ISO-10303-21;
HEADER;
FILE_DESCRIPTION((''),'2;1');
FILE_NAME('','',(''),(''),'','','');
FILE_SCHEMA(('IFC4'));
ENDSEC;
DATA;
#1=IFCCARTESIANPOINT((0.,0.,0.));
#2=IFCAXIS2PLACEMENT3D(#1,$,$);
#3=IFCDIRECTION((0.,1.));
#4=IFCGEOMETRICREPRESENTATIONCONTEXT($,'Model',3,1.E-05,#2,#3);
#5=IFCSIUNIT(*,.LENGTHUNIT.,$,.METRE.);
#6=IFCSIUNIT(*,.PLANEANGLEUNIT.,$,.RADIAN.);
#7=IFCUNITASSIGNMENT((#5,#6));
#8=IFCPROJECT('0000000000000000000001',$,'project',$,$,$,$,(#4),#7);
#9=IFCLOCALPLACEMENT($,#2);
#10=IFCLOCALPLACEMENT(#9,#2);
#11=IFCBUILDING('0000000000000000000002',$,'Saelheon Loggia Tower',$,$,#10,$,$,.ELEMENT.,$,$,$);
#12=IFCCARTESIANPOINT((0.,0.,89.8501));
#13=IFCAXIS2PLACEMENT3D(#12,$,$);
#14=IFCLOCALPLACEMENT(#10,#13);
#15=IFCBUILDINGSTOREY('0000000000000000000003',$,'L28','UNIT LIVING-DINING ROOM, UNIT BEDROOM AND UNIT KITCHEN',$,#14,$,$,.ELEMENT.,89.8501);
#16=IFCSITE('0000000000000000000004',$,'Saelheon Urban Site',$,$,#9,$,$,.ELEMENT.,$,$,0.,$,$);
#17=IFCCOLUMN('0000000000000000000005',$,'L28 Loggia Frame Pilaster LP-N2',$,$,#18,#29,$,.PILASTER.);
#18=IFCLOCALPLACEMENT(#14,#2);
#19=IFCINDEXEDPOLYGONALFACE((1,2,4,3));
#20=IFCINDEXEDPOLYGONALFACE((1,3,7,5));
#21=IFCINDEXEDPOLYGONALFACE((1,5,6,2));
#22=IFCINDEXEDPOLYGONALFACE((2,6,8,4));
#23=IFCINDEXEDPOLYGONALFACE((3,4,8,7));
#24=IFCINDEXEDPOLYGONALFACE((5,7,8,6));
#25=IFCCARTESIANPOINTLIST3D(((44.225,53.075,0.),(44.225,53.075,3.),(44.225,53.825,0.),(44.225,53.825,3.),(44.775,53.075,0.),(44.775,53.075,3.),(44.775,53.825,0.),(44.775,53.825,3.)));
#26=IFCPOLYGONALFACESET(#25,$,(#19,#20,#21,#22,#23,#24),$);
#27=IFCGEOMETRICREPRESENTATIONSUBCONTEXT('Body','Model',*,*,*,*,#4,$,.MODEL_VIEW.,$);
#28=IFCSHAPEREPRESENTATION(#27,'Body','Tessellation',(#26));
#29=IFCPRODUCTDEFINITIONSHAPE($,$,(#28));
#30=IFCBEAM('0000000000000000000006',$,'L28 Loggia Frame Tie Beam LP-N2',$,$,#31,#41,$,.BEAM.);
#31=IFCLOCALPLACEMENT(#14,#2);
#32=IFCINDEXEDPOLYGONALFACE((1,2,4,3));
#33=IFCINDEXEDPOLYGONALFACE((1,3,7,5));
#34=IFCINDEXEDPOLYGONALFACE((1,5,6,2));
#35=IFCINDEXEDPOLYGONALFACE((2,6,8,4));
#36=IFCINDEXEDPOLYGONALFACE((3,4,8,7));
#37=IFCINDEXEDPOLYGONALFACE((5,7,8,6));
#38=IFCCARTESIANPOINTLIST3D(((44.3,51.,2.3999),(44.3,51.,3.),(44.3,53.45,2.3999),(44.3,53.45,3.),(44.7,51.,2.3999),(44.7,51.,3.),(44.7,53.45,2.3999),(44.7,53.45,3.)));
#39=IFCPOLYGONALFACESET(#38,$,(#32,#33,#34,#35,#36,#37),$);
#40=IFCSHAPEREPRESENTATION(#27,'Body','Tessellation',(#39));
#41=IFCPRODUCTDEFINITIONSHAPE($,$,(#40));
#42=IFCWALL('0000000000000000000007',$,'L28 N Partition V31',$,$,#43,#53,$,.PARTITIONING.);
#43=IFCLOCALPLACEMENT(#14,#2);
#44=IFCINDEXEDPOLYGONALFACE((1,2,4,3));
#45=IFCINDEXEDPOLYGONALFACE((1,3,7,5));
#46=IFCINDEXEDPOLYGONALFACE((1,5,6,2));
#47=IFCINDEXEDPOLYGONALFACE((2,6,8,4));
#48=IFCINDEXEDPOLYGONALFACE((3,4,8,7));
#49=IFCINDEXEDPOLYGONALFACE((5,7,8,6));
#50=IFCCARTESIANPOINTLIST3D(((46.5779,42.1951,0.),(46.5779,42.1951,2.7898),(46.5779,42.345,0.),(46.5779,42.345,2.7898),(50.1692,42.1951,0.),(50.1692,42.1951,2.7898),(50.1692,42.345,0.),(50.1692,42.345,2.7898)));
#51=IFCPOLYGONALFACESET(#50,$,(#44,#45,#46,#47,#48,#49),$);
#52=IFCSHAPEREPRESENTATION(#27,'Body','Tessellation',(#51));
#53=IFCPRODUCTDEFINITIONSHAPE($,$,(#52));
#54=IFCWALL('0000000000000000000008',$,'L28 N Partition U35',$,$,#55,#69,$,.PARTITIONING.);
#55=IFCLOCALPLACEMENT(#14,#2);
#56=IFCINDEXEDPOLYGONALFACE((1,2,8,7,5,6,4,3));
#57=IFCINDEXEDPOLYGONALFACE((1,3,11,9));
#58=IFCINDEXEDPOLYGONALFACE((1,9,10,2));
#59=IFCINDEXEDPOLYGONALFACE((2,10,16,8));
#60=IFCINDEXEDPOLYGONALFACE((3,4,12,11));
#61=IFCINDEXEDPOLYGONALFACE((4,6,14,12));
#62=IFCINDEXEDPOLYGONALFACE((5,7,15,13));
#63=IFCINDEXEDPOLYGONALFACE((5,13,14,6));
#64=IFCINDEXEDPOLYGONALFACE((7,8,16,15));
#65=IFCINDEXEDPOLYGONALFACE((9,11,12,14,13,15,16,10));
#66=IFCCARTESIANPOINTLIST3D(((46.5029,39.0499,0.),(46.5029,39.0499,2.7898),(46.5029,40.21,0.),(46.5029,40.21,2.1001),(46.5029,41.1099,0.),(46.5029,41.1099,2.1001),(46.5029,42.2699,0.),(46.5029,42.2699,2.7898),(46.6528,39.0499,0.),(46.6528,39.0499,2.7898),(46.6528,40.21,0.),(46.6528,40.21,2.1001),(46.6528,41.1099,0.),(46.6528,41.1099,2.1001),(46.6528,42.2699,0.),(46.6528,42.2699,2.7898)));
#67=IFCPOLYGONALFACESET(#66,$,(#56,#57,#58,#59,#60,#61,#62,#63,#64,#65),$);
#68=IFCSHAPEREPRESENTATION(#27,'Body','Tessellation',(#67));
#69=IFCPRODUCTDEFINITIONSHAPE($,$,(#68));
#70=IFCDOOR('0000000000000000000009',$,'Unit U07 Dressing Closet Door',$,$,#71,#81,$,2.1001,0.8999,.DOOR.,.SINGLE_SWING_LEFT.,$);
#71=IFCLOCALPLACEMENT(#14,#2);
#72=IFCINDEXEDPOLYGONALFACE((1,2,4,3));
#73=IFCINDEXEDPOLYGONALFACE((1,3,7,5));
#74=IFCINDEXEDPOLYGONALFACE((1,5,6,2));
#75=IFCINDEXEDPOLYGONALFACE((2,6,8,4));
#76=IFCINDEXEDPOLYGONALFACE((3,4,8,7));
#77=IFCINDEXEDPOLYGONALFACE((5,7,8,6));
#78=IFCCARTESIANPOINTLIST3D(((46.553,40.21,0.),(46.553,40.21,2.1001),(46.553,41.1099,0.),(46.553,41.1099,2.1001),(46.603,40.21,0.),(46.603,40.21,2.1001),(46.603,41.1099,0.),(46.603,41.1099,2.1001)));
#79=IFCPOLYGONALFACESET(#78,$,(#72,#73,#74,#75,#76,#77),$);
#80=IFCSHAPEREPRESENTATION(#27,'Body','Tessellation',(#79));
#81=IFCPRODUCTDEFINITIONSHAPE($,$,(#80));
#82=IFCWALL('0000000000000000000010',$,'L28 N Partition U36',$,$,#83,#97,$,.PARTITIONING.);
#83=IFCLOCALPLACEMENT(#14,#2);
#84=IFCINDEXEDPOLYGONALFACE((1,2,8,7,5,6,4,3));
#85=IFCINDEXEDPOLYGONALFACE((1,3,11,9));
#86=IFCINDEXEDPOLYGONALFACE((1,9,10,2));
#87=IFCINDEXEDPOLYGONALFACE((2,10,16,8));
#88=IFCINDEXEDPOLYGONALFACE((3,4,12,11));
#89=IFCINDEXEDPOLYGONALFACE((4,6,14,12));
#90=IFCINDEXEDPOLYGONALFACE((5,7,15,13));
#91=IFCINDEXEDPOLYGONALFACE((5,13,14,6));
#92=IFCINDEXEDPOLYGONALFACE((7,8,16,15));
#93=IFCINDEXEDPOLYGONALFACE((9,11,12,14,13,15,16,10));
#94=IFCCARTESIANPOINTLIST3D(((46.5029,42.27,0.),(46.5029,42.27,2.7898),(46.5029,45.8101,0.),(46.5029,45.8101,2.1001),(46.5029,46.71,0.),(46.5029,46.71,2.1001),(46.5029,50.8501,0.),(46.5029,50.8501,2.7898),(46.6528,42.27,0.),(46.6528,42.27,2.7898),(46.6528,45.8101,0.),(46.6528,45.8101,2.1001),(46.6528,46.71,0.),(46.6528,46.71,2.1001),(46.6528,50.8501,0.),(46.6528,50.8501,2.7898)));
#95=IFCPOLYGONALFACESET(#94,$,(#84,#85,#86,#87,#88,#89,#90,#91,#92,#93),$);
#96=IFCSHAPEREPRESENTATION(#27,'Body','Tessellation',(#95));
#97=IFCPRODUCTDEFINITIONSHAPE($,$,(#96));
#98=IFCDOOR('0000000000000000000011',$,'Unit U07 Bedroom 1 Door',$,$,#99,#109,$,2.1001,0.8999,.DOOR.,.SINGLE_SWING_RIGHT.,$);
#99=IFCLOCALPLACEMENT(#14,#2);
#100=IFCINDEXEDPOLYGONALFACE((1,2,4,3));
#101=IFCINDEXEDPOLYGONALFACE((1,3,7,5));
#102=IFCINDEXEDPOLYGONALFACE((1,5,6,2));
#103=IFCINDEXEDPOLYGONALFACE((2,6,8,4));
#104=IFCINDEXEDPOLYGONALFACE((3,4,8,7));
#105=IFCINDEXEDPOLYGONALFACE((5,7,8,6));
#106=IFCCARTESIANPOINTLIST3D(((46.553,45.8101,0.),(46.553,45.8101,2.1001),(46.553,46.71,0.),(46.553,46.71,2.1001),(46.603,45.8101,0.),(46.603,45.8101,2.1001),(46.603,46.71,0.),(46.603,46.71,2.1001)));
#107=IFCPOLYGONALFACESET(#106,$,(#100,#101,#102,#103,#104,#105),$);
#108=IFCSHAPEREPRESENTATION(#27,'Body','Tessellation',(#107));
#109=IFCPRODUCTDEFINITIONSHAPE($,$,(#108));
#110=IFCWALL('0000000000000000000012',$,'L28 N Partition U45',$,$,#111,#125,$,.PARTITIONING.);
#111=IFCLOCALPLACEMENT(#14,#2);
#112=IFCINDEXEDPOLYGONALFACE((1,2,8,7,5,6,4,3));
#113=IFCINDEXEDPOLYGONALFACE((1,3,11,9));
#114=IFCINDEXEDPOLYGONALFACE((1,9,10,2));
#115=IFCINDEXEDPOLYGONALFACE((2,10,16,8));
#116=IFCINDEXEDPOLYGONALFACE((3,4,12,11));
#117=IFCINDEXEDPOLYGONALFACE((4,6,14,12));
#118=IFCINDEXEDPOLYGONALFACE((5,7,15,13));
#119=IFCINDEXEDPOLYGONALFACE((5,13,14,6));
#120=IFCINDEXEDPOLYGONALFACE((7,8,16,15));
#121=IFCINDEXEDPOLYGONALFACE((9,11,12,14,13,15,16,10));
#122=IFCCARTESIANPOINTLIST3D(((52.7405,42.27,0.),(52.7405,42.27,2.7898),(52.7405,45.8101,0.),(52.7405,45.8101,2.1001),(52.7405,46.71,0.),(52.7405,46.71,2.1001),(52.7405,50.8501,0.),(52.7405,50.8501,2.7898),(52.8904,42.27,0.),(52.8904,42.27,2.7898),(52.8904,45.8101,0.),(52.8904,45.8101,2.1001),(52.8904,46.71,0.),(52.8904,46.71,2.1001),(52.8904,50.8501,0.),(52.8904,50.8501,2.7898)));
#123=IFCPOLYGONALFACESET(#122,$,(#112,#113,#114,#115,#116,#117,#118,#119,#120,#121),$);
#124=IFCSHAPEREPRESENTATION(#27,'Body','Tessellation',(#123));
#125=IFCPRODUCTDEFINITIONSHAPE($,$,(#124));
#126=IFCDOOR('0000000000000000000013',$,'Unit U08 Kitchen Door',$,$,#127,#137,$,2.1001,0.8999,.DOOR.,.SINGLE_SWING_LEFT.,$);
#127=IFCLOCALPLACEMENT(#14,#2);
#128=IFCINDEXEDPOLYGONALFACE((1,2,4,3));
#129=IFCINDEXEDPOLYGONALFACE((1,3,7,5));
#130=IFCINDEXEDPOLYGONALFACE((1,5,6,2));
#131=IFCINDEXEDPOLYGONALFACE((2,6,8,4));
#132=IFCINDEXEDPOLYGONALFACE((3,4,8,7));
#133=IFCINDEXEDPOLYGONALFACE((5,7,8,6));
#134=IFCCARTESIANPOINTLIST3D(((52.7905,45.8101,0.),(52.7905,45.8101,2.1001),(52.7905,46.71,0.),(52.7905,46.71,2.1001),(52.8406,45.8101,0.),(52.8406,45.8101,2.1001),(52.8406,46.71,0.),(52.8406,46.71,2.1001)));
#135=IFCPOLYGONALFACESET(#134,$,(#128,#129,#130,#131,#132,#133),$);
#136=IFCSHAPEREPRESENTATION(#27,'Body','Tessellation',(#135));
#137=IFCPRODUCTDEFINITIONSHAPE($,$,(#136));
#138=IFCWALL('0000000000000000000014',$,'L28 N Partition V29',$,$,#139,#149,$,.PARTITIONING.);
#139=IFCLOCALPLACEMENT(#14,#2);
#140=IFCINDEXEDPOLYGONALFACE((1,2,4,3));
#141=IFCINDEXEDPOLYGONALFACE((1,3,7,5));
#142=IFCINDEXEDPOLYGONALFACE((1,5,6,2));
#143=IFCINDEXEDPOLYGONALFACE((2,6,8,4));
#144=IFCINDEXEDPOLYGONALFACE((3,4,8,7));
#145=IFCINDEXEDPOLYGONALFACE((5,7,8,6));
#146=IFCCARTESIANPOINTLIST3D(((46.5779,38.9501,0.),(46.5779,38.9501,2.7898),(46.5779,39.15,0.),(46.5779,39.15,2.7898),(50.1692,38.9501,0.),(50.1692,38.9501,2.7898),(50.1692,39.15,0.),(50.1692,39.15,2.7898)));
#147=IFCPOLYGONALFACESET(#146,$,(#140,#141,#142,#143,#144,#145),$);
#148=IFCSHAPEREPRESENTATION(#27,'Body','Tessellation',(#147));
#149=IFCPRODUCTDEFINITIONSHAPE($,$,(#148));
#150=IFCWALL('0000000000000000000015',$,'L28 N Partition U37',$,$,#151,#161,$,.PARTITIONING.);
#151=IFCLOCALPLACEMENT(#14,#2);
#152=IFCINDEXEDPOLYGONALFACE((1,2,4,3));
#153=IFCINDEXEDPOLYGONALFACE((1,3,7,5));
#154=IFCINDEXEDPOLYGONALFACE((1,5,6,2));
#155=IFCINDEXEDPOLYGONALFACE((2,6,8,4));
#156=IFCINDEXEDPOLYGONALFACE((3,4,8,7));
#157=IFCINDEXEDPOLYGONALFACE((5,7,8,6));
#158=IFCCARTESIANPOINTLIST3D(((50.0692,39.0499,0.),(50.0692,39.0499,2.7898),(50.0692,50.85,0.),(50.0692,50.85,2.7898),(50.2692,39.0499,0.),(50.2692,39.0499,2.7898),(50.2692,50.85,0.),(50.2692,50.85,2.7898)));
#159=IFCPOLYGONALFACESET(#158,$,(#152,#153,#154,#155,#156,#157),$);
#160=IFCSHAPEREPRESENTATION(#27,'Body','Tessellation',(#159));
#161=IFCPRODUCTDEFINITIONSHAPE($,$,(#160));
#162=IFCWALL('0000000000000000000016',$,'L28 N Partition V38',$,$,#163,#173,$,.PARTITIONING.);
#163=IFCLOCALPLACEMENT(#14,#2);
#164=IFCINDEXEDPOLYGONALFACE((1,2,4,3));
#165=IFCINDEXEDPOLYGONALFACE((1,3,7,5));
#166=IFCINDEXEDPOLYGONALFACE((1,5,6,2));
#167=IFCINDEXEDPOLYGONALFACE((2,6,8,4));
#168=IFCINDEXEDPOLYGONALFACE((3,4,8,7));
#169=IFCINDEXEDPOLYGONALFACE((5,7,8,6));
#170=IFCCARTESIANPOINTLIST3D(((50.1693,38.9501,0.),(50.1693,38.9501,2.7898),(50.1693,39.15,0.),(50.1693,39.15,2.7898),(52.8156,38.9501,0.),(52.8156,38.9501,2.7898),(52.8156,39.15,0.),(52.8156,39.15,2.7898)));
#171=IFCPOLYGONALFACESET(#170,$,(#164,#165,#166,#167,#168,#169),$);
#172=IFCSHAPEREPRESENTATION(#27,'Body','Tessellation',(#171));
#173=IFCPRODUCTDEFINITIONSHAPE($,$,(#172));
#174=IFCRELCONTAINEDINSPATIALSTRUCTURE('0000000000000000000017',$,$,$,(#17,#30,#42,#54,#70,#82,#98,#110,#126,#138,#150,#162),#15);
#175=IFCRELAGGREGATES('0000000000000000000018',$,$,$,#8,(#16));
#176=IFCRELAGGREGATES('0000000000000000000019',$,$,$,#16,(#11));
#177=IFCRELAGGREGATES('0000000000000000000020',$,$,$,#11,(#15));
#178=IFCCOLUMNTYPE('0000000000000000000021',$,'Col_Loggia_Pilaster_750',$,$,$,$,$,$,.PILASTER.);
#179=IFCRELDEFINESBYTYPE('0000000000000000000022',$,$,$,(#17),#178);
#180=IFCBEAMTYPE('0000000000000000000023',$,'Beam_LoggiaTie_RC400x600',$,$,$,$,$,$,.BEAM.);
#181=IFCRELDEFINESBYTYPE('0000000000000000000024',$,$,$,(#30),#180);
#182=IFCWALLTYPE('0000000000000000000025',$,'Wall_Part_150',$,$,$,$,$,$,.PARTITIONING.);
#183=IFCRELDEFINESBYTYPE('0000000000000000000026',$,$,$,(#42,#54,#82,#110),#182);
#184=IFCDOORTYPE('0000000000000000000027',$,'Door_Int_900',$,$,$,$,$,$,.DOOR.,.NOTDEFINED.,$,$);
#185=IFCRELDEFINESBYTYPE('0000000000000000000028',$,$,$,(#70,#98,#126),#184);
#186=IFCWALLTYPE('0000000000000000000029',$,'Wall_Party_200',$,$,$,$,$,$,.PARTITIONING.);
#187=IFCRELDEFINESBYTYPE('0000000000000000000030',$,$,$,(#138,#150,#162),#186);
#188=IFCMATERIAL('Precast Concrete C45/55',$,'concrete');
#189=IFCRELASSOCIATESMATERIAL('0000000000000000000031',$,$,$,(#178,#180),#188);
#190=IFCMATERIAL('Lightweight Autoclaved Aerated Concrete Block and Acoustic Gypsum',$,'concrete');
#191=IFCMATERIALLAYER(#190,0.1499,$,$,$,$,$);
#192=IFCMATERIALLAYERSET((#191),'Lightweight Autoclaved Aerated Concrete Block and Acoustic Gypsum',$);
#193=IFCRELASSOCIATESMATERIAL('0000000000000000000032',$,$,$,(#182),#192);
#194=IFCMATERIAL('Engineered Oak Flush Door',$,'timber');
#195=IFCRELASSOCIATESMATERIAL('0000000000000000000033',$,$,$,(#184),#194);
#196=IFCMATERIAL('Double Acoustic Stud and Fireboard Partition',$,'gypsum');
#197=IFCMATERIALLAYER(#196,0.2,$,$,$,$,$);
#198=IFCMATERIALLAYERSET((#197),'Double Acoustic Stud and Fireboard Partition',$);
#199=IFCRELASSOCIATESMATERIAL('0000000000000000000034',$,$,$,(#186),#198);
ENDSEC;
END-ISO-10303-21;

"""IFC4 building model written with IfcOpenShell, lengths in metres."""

from ifc_helpers import new_model, si_unit, direction, frame, frame_2d, origin, origin_2d, place, context, subcontext, project, spatial, rectangle, extrude, source, transform, mapped, material, layer, layer_set, material_profile, profile_set, type_object, element, fill, save


model = new_model("IFC4")

# Units and contexts
model_context = context("Model", 3, precision=1e-05, world=origin(), true_north=direction((0.0, 1.0)))
body_context = subcontext(model_context, "Body", "Model", "MODEL_VIEW")
ifc_project = project(units=[si_unit("LENGTHUNIT", "METRE"), si_unit("PLANEANGLEUNIT", "RADIAN")], contexts=[model_context])

# Site, building, storey
site_placement = place(None, origin())
site = spatial("IfcSite", under=ifc_project, at=site_placement, Name="Saelheon Urban Site", CompositionType="ELEMENT", RefElevation=0.0)
building_placement = place(site_placement, origin())
building = spatial("IfcBuilding", under=site, at=building_placement, Name="Saelheon Loggia Tower", CompositionType="ELEMENT")
storey_placement = place(building_placement, frame((0.0, 0.0, 89.8501)))
storey = spatial("IfcBuildingStorey", under=building, at=storey_placement, Name="L28", Description="UNIT LIVING-DINING ROOM, UNIT BEDROOM AND UNIT KITCHEN", CompositionType="ELEMENT", Elevation=89.8501)

# Column
ifc_material_1 = material(Name="Precast Concrete C45/55", Category="concrete")
ifc_material_profile_1 = material_profile(ifc_material_1, rectangle(XDim=0.55, YDim=0.75, at=origin_2d()), Name="RC-550x750")
ifc_profile_set_1 = profile_set([ifc_material_profile_1], Name="Precast Concrete C45/55")
column_type = type_object("IfcColumnType", Name="Col_Loggia_Pilaster_750", PredefinedType="PILASTER", material=ifc_profile_set_1)
shared_shape_1 = source(origin(), body_context, "Body", "SweptSolid", [
    extrude(rectangle(XDim=0.55, YDim=0.75, at=origin_2d()), origin(), (0.0, 0.0, 1.0), 3.0),
])
column_placement = place(storey_placement, frame((44.5, 53.45, 0.0), z_axis=(0.0, 0.0, 1.0), x_axis=(1.0, 0.0, 0.0)))
element("IfcColumn", 1, at=column_placement, inside=storey, type_object=column_type, Name="L28 Loggia Frame Pilaster LP-N2", PredefinedType="PILASTER", context=body_context, shape_type="MappedRepresentation", body=[
    mapped(shared_shape_1, transform((0.0, 0.0, 0.0), scale=1.0)),
])

# Beam
ifc_material_profile_2 = material_profile(ifc_material_1, rectangle(XDim=0.3999, YDim=0.6001, at=origin_2d()), Name="RC-400x600")
ifc_profile_set_2 = profile_set([ifc_material_profile_2], Name="Precast Concrete C45/55")
beam_type = type_object("IfcBeamType", Name="Beam_LoggiaTie_RC400x600", PredefinedType="BEAM", material=ifc_profile_set_2)
shared_shape_2 = source(origin(), body_context, "Body", "SweptSolid", [
    extrude(rectangle(XDim=0.3999, YDim=0.6001, at=origin_2d()), origin(), (0.0, 0.0, 1.0), 2.45),
])
beam_placement = place(storey_placement, frame((44.5, 51.0, 2.7), z_axis=(0.0, 1.0, 0.0), x_axis=(-1.0, 0.0, 0.0)))
element("IfcBeam", 2, at=beam_placement, inside=storey, type_object=beam_type, Name="L28 Loggia Frame Tie Beam LP-N2", PredefinedType="BEAM", context=body_context, shape_type="MappedRepresentation", body=[
    mapped(shared_shape_2, transform((0.0, 0.0, 0.0), scale=1.0)),
])

# Wall
ifc_material_2 = material(Name="Lightweight Autoclaved Aerated Concrete Block and Acoustic Gypsum", Category="concrete")
ifc_layer_1 = layer(ifc_material_2, 0.1499)
ifc_layer_set_1 = layer_set([ifc_layer_1], Name="Lightweight Autoclaved Aerated Concrete Block and Acoustic Gypsum")
wall_type_1 = type_object("IfcWallType", Name="Wall_Part_150", PredefinedType="PARTITIONING", material=ifc_layer_set_1)
wall_1_placement = place(storey_placement, frame((46.5779, 42.27, 0.0), z_axis=(0.0, 0.0, 1.0), x_axis=(1.0, 0.0, 0.0)))
element("IfcWall", 3, at=wall_1_placement, inside=storey, type_object=wall_type_1, Name="L28 N Partition V31", PredefinedType="PARTITIONING", context=body_context, shape_type="SweptSolid", body=[
    extrude(rectangle(XDim=3.5913, YDim=0.1499, at=frame_2d((1.7957, 0.0))), origin(), (0.0, 0.0, 1.0), 2.7898),
])

# Walls, openings, doors
wall_2_placement = place(storey_placement, frame((46.5779, 39.05, 0.0), z_axis=(0.0, 0.0, 1.0), x_axis=(0.0, 1.0, 0.0)))
wall_2 = element("IfcWall", 4, at=wall_2_placement, inside=storey, type_object=wall_type_1, Name="L28 N Partition U35", PredefinedType="PARTITIONING", context=body_context, shape_type="SweptSolid", body=[
    extrude(rectangle(XDim=3.22, YDim=0.1499, at=frame_2d((1.6099, 0.0))), origin(), (0.0, 0.0, 1.0), 2.7898),
])
opening_1_placement = place(wall_2_placement, frame((1.1599, 0.0, 0.0)))
opening_1 = element("IfcOpeningElement", 5, at=opening_1_placement, cuts=wall_2, PredefinedType="OPENING", context=body_context, shape_type="SweptSolid", body=[
    extrude(rectangle(XDim=0.8999, YDim=2.1001, at=frame_2d((0.45, 1.05))), frame((0.0, 0.0869, 0.0), z_axis=(0.0, -1.0, 0.0), x_axis=(1.0, 0.0, 0.0)), (0.0, 0.0, 1.0), 0.1738),
])
ifc_material_3 = material(Name="Engineered Oak Flush Door", Category="timber")
door_type_1 = type_object("IfcDoorType", Name="Door_Int_900", OperationType="NOTDEFINED", PredefinedType="DOOR", material=ifc_material_3)
shared_shape_3 = source(origin(), body_context, "Body", "SweptSolid", [
    extrude(rectangle(XDim=0.8999, YDim=2.1001, at=frame_2d((0.45, 1.05))), frame((0.0, 0.0249, 0.0), z_axis=(0.0, -1.0, 0.0), x_axis=(1.0, 0.0, 0.0)), (0.0, 0.0, 1.0), 0.05),
])
door_1_placement = place(opening_1_placement, origin())
door_1 = element("IfcDoor", 6, at=door_1_placement, inside=storey, type_object=door_type_1, Name="Unit U07 Dressing Closet Door", OperationType="SINGLE_SWING_LEFT", OverallHeight=2.1001, OverallWidth=0.8999, PredefinedType="DOOR", context=body_context, shape_type="MappedRepresentation", body=[
    mapped(shared_shape_3, transform((0.0, 0.0, 0.0), scale=1.0)),
])
fill(opening_1, door_1)
wall_3_placement = place(storey_placement, frame((46.5779, 42.27, 0.0), z_axis=(0.0, 0.0, 1.0), x_axis=(0.0, 1.0, 0.0)))
wall_3 = element("IfcWall", 7, at=wall_3_placement, inside=storey, type_object=wall_type_1, Name="L28 N Partition U36", PredefinedType="PARTITIONING", context=body_context, shape_type="SweptSolid", body=[
    extrude(rectangle(XDim=8.5801, YDim=0.1499, at=frame_2d((4.29, 0.0))), origin(), (0.0, 0.0, 1.0), 2.7898),
])
opening_2_placement = place(wall_3_placement, frame((3.54, 0.0, 0.0)))
opening_2 = element("IfcOpeningElement", 8, at=opening_2_placement, cuts=wall_3, PredefinedType="OPENING", context=body_context, shape_type="SweptSolid", body=[
    extrude(rectangle(XDim=0.8999, YDim=2.1001, at=frame_2d((0.45, 1.05))), frame((0.0, 0.0869, 0.0), z_axis=(0.0, -1.0, 0.0), x_axis=(1.0, 0.0, 0.0)), (0.0, 0.0, 1.0), 0.1738),
])
door_2_placement = place(opening_2_placement, origin())
door_2 = element("IfcDoor", 9, at=door_2_placement, inside=storey, type_object=door_type_1, Name="Unit U07 Bedroom 1 Door", OperationType="SINGLE_SWING_RIGHT", OverallHeight=2.1001, OverallWidth=0.8999, PredefinedType="DOOR", context=body_context, shape_type="MappedRepresentation", body=[
    mapped(shared_shape_3, transform((0.0, 0.0, 0.0), scale=1.0)),
])
fill(opening_2, door_2)
wall_4_placement = place(storey_placement, frame((52.8154, 42.27, 0.0), z_axis=(0.0, 0.0, 1.0), x_axis=(0.0, 1.0, 0.0)))
wall_4 = element("IfcWall", 10, at=wall_4_placement, inside=storey, type_object=wall_type_1, Name="L28 N Partition U45", PredefinedType="PARTITIONING", context=body_context, shape_type="SweptSolid", body=[
    extrude(rectangle(XDim=8.5801, YDim=0.1499, at=frame_2d((4.29, 0.0))), origin(), (0.0, 0.0, 1.0), 2.7898),
])
opening_3_placement = place(wall_4_placement, frame((3.54, 0.0, 0.0)))
opening_3 = element("IfcOpeningElement", 11, at=opening_3_placement, cuts=wall_4, PredefinedType="OPENING", context=body_context, shape_type="SweptSolid", body=[
    extrude(rectangle(XDim=0.8999, YDim=2.1001, at=frame_2d((0.45, 1.05))), frame((0.0, 0.0869, 0.0), z_axis=(0.0, -1.0, 0.0), x_axis=(1.0, 0.0, 0.0)), (0.0, 0.0, 1.0), 0.1738),
])
door_3_placement = place(opening_3_placement, origin())
door_3 = element("IfcDoor", 12, at=door_3_placement, inside=storey, type_object=door_type_1, Name="Unit U08 Kitchen Door", OperationType="SINGLE_SWING_LEFT", OverallHeight=2.1001, OverallWidth=0.8999, PredefinedType="DOOR", context=body_context, shape_type="MappedRepresentation", body=[
    mapped(shared_shape_3, transform((0.0, 0.0, 0.0), scale=1.0)),
])
fill(opening_3, door_3)

# Walls
ifc_material_4 = material(Name="Double Acoustic Stud and Fireboard Partition", Category="gypsum")
ifc_layer_2 = layer(ifc_material_4, 0.2)
ifc_layer_set_2 = layer_set([ifc_layer_2], Name="Double Acoustic Stud and Fireboard Partition")
wall_type_2 = type_object("IfcWallType", Name="Wall_Party_200", PredefinedType="PARTITIONING", material=ifc_layer_set_2)
wall_5_placement = place(storey_placement, frame((46.5779, 39.05, 0.0), z_axis=(0.0, 0.0, 1.0), x_axis=(1.0, 0.0, 0.0)))
element("IfcWall", 13, at=wall_5_placement, inside=storey, type_object=wall_type_2, Name="L28 N Partition V29", PredefinedType="PARTITIONING", context=body_context, shape_type="SweptSolid", body=[
    extrude(rectangle(XDim=3.5913, YDim=0.2, at=frame_2d((1.7957, 0.0))), origin(), (0.0, 0.0, 1.0), 2.7898),
])
wall_6_placement = place(storey_placement, frame((50.1692, 39.05, 0.0), z_axis=(0.0, 0.0, 1.0), x_axis=(0.0, 1.0, 0.0)))
element("IfcWall", 14, at=wall_6_placement, inside=storey, type_object=wall_type_2, Name="L28 N Partition U37", PredefinedType="PARTITIONING", context=body_context, shape_type="SweptSolid", body=[
    extrude(rectangle(XDim=11.8, YDim=0.2, at=frame_2d((5.8999, 0.0))), origin(), (0.0, 0.0, 1.0), 2.7898),
])
wall_7_placement = place(storey_placement, frame((50.1692, 39.05, 0.0), z_axis=(0.0, 0.0, 1.0), x_axis=(1.0, 0.0, 0.0)))
element("IfcWall", 15, at=wall_7_placement, inside=storey, type_object=wall_type_2, Name="L28 N Partition V38", PredefinedType="PARTITIONING", context=body_context, shape_type="SweptSolid", body=[
    extrude(rectangle(XDim=2.6462, YDim=0.2, at=frame_2d((1.3232, 0.0))), origin(), (0.0, 0.0, 1.0), 2.7898),
])

save(model, "model.ifc")
